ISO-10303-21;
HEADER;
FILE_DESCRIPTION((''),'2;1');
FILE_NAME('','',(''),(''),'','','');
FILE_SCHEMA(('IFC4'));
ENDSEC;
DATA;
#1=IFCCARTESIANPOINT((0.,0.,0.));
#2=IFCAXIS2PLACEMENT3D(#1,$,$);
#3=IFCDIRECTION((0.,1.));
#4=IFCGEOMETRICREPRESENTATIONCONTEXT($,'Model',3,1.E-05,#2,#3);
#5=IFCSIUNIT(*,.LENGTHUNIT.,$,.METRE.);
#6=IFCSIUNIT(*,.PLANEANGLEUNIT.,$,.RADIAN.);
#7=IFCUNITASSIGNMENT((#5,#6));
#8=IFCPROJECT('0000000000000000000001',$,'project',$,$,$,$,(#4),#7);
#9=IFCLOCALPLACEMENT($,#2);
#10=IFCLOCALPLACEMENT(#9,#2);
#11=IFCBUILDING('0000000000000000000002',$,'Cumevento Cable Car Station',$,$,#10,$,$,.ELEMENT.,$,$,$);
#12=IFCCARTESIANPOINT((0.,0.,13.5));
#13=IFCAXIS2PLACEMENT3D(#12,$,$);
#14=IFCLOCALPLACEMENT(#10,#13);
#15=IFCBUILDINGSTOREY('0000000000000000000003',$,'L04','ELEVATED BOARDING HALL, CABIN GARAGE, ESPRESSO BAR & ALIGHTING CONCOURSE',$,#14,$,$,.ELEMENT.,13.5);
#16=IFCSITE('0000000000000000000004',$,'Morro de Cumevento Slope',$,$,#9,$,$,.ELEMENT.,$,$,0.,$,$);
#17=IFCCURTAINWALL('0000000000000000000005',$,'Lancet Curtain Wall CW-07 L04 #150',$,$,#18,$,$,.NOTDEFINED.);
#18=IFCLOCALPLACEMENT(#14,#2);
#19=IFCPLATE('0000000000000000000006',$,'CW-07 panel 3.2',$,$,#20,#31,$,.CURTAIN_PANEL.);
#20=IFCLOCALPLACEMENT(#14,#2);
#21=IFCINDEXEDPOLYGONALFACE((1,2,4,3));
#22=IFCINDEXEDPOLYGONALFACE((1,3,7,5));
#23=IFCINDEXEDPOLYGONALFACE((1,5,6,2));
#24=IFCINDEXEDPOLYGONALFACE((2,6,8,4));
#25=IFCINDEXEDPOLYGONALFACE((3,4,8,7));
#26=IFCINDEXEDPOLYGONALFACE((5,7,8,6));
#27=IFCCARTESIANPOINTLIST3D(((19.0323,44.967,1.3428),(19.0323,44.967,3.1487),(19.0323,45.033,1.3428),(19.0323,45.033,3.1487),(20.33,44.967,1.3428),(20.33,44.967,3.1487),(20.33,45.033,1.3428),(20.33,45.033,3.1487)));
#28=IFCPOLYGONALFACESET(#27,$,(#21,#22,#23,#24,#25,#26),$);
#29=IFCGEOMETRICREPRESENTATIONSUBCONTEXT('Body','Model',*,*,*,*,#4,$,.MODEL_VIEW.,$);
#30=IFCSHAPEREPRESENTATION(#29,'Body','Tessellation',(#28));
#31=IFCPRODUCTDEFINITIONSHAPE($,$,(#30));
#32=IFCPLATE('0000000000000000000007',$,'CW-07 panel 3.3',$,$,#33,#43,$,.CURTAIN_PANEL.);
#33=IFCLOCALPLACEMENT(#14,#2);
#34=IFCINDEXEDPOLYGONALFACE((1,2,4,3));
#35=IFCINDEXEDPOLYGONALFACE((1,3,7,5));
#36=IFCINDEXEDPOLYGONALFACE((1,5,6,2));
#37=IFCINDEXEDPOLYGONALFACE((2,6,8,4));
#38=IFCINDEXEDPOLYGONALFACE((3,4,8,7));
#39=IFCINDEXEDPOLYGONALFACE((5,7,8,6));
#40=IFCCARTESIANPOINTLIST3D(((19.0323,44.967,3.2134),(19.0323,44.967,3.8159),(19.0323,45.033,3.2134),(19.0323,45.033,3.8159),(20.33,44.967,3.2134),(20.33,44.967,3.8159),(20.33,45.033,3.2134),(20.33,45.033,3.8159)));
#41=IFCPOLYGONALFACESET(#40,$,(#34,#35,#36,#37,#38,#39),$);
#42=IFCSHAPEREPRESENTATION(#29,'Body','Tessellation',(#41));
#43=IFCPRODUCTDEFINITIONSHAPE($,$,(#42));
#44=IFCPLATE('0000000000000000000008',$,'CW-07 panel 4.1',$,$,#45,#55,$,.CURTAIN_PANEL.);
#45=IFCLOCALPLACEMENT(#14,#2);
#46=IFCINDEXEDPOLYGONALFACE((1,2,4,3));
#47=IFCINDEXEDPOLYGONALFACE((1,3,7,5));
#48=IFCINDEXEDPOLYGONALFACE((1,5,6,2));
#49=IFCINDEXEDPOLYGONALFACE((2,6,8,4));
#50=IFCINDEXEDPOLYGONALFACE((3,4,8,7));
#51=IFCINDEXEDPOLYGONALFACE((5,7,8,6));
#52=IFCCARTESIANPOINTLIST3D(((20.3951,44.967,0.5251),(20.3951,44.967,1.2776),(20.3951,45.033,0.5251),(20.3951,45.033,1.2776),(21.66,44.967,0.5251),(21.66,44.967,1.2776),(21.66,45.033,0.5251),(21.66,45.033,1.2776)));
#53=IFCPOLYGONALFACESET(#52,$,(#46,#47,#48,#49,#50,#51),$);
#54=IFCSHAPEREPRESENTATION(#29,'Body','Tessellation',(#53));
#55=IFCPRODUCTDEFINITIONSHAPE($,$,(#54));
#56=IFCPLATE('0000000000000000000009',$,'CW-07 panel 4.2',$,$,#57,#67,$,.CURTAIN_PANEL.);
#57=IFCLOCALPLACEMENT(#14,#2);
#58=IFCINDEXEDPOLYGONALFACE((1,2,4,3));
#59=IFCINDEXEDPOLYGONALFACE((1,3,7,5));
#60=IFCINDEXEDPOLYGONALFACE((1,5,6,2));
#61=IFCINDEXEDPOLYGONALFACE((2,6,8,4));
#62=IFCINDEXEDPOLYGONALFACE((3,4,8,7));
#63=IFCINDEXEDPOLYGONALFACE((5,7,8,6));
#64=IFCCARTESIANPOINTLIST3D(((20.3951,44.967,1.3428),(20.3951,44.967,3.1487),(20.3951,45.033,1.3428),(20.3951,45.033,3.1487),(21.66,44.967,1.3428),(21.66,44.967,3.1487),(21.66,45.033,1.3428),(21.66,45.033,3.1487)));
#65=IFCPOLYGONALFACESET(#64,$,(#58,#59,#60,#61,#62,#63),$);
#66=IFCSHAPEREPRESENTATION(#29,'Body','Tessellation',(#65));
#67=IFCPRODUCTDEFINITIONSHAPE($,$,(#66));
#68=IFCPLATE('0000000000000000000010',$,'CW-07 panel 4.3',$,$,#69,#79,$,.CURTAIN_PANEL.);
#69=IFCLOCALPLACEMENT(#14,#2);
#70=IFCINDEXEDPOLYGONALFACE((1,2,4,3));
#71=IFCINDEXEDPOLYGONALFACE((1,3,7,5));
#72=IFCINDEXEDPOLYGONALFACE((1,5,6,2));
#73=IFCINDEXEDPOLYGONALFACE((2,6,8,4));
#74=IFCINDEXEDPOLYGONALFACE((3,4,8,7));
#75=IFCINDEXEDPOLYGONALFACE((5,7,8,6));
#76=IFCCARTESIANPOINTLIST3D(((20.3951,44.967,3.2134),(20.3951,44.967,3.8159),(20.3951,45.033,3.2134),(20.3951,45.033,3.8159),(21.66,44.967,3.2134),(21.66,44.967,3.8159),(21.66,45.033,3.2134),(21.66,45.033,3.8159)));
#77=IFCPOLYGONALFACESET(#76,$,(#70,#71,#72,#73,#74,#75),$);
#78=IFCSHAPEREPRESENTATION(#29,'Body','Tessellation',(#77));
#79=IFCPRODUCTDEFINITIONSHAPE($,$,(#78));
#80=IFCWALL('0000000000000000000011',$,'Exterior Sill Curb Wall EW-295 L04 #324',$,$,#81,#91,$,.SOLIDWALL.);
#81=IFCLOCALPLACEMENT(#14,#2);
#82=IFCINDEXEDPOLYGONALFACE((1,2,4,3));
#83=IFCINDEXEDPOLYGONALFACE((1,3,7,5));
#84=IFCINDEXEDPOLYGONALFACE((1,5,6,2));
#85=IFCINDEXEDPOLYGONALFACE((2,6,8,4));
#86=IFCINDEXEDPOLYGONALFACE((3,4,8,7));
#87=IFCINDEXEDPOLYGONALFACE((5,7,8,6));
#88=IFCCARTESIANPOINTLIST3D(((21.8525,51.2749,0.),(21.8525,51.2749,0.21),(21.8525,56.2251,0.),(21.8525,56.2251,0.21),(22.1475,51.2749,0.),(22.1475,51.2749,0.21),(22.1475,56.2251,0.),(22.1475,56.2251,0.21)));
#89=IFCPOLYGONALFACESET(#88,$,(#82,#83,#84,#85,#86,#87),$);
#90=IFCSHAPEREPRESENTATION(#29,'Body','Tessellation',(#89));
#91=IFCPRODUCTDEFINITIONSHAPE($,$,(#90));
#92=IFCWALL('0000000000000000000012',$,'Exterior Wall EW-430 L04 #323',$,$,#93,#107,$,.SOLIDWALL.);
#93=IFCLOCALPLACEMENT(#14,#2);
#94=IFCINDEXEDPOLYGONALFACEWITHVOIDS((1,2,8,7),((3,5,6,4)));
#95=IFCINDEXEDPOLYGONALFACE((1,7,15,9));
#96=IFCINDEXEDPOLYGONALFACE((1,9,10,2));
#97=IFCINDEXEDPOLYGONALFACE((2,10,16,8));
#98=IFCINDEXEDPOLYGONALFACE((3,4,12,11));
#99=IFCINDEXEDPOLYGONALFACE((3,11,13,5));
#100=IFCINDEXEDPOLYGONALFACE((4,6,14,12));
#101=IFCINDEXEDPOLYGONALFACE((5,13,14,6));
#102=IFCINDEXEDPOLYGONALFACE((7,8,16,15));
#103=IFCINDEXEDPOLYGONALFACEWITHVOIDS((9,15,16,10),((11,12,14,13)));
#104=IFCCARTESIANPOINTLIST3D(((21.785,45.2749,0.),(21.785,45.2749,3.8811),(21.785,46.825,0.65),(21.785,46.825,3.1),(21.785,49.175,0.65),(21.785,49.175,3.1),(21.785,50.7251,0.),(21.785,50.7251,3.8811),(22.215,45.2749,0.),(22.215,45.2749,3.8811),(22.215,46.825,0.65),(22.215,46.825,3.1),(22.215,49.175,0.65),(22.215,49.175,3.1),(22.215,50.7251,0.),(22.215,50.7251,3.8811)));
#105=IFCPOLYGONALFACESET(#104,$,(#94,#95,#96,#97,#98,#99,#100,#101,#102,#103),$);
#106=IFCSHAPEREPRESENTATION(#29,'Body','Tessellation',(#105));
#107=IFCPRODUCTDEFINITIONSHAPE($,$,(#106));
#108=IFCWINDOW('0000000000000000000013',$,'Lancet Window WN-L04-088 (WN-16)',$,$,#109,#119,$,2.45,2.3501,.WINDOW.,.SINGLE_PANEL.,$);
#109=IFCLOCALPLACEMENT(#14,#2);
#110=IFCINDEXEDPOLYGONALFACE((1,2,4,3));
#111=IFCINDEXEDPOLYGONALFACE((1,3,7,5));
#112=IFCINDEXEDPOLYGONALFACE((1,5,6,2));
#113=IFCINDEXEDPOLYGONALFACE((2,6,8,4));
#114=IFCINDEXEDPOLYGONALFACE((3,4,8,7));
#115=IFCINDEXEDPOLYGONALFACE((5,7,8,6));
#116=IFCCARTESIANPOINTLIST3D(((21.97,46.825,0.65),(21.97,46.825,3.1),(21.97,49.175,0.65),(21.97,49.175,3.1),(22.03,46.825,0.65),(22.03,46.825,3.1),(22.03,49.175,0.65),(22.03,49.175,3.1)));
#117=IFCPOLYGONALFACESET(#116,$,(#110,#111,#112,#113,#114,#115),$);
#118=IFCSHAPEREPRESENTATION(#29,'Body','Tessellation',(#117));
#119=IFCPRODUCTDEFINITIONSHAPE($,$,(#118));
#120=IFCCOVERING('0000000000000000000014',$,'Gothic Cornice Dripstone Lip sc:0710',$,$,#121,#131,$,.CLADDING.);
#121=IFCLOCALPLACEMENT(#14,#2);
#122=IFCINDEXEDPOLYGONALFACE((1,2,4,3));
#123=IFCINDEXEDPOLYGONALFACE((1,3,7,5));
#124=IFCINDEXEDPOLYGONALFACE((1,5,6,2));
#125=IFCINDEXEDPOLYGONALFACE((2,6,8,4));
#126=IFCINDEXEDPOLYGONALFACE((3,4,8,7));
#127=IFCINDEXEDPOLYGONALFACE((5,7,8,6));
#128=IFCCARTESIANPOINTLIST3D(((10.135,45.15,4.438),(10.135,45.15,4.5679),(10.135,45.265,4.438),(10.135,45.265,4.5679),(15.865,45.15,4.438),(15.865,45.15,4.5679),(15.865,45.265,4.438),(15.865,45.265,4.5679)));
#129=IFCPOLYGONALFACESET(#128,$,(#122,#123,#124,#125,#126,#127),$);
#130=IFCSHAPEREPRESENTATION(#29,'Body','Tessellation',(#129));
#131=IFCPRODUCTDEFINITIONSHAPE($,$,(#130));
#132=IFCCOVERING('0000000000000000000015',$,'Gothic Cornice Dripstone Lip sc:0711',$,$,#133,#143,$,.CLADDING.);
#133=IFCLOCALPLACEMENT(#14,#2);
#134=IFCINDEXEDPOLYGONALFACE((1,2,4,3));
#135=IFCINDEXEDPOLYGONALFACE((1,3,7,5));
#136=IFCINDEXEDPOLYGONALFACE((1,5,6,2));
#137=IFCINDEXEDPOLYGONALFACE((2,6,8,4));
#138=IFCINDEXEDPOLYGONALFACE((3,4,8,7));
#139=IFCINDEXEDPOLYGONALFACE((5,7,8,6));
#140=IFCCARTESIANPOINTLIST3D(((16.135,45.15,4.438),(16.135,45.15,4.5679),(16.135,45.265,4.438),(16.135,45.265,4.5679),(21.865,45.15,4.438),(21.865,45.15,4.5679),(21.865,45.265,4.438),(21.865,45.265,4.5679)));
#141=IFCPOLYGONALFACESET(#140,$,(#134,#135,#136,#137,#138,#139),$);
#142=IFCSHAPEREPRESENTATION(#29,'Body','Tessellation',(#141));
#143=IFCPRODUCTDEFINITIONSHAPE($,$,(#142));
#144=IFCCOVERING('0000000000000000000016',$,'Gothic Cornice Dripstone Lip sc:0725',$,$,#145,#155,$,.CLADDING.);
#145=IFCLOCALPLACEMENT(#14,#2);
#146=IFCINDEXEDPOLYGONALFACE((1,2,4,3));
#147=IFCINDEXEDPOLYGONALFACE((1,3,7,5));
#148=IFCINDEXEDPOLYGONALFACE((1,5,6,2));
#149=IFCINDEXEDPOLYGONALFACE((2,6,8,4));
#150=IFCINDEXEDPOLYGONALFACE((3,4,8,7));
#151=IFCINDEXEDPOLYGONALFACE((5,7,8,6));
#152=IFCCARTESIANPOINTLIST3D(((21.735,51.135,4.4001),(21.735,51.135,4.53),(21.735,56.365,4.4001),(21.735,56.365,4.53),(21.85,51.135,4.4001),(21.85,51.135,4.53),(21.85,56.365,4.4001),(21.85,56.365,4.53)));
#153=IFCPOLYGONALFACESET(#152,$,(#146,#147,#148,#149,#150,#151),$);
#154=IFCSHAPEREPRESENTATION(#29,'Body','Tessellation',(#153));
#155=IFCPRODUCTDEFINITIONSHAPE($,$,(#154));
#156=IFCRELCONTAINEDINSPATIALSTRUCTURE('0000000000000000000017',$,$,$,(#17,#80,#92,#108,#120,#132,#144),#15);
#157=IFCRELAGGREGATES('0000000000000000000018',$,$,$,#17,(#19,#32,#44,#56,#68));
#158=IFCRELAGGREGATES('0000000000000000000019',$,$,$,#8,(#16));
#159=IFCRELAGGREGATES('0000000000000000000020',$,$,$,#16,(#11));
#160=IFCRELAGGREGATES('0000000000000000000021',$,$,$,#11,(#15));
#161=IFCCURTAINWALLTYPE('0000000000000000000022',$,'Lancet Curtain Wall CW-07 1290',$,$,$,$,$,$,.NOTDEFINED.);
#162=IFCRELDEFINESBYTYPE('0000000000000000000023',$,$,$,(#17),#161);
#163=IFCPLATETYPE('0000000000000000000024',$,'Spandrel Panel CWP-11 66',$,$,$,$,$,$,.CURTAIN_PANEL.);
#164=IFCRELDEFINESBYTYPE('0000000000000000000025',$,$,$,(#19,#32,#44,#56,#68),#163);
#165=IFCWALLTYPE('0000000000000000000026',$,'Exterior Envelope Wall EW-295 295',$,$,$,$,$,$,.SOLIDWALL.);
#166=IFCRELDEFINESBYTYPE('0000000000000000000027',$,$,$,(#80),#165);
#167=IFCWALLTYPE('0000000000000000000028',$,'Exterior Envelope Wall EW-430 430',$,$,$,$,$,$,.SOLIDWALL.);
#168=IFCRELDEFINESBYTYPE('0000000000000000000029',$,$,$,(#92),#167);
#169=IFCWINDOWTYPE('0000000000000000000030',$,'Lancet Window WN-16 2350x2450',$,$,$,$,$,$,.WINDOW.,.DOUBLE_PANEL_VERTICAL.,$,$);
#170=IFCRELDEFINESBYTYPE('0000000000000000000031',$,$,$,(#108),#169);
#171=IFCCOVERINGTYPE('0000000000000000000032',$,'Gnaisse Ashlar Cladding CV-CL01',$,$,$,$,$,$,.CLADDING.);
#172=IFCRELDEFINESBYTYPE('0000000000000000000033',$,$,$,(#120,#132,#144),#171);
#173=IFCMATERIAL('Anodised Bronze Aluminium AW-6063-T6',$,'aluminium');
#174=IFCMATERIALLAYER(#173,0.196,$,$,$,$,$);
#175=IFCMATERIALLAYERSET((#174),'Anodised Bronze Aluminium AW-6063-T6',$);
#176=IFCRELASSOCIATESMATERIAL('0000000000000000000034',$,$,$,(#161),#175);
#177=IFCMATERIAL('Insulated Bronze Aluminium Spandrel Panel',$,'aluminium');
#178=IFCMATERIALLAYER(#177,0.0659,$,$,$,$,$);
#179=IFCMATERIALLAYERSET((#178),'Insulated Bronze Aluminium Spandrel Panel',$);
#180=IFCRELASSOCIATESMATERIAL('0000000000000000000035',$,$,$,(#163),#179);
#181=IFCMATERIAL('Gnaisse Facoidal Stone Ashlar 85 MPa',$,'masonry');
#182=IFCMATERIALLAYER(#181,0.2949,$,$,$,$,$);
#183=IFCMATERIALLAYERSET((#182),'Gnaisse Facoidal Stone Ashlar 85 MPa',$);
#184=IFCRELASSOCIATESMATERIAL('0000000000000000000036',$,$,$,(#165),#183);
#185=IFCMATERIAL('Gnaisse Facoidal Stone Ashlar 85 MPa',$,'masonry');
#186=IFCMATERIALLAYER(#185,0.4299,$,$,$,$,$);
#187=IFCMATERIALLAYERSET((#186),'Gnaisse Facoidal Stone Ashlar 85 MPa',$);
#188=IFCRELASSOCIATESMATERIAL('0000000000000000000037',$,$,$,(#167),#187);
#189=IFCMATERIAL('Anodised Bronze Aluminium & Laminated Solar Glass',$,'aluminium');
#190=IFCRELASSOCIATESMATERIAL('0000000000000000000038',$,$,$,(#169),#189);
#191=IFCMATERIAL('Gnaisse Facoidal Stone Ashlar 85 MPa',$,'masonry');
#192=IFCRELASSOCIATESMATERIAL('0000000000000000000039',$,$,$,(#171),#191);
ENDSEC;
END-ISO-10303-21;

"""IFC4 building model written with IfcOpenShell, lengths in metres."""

from ifc_helpers import new_model, si_unit, direction, frame, frame_2d, origin, origin_2d, place, context, subcontext, project, spatial, rectangle, extrude, material, layer, layer_set, type_object, element, fill, aggregate, save


model = new_model("IFC4")

# Units and contexts
model_context = context("Model", 3, precision=1e-05, world=origin(), true_north=direction((0.0, 1.0)))
body_context = subcontext(model_context, "Body", "Model", "MODEL_VIEW")
ifc_project = project(units=[si_unit("LENGTHUNIT", "METRE"), si_unit("PLANEANGLEUNIT", "RADIAN")], contexts=[model_context])

# Site, building, storey
site_placement = place(None, origin())
site = spatial("IfcSite", under=ifc_project, at=site_placement, Name="Morro de Cumevento Slope", CompositionType="ELEMENT", RefElevation=0.0)
building_placement = place(site_placement, origin())
building = spatial("IfcBuilding", under=site, at=building_placement, Name="Cumevento Cable Car Station", CompositionType="ELEMENT")
storey_placement = place(building_placement, frame((0.0, 0.0, 13.5)))
storey = spatial("IfcBuildingStorey", under=building, at=storey_placement, Name="L04", Description="ELEVATED BOARDING HALL, CABIN GARAGE, ESPRESSO BAR & ALIGHTING CONCOURSE", CompositionType="ELEMENT", Elevation=13.5)

# Curtain wall
ifc_material_1 = material(Name="Anodised Bronze Aluminium AW-6063-T6", Category="aluminium")
ifc_layer_1 = layer(ifc_material_1, 0.196)
ifc_layer_set_1 = layer_set([ifc_layer_1], Name="Anodised Bronze Aluminium AW-6063-T6")
curtain_wall_type = type_object("IfcCurtainWallType", Name="Lancet Curtain Wall CW-07 1290", PredefinedType="NOTDEFINED", material=ifc_layer_set_1)
curtain_wall_placement = place(storey_placement, origin())
curtain_wall = element("IfcCurtainWall", 1, at=curtain_wall_placement, inside=storey, type_object=curtain_wall_type, Name="Lancet Curtain Wall CW-07 L04 #150", PredefinedType="NOTDEFINED")

# Plates
ifc_material_2 = material(Name="Insulated Bronze Aluminium Spandrel Panel", Category="aluminium")
ifc_layer_2 = layer(ifc_material_2, 0.0659)
ifc_layer_set_2 = layer_set([ifc_layer_2], Name="Insulated Bronze Aluminium Spandrel Panel")
plate_type = type_object("IfcPlateType", Name="Spandrel Panel CWP-11 66", PredefinedType="CURTAIN_PANEL", material=ifc_layer_set_2)
plate_1_placement = place(storey_placement, frame((19.6812, 45.0, 1.3428), z_axis=(0.0, 0.0, 1.0), x_axis=(1.0, 0.0, 0.0)))
plate_1 = element("IfcPlate", 2, at=plate_1_placement, type_object=plate_type, Name="CW-07 panel 3.2", PredefinedType="CURTAIN_PANEL", context=body_context, shape_type="SweptSolid", body=[
    extrude(rectangle(XDim=1.2976, YDim=0.0659, at=origin_2d()), origin(), (0.0, 0.0, 1.0), 1.8059),
])
plate_2_placement = place(storey_placement, frame((19.6812, 45.0, 3.2134), z_axis=(0.0, 0.0, 1.0), x_axis=(1.0, 0.0, 0.0)))
plate_2 = element("IfcPlate", 3, at=plate_2_placement, type_object=plate_type, Name="CW-07 panel 3.3", PredefinedType="CURTAIN_PANEL", context=body_context, shape_type="SweptSolid", body=[
    extrude(rectangle(XDim=1.2976, YDim=0.0659, at=origin_2d()), origin(), (0.0, 0.0, 1.0), 0.6025),
])
plate_3_placement = place(storey_placement, frame((21.0276, 45.0, 0.5251), z_axis=(0.0, 0.0, 1.0), x_axis=(1.0, 0.0, 0.0)))
plate_3 = element("IfcPlate", 4, at=plate_3_placement, type_object=plate_type, Name="CW-07 panel 4.1", PredefinedType="CURTAIN_PANEL", context=body_context, shape_type="SweptSolid", body=[
    extrude(rectangle(XDim=1.2649, YDim=0.0659, at=origin_2d()), origin(), (0.0, 0.0, 1.0), 0.7524),
])
plate_4_placement = place(storey_placement, frame((21.0276, 45.0, 1.3428), z_axis=(0.0, 0.0, 1.0), x_axis=(1.0, 0.0, 0.0)))
plate_4 = element("IfcPlate", 5, at=plate_4_placement, type_object=plate_type, Name="CW-07 panel 4.2", PredefinedType="CURTAIN_PANEL", context=body_context, shape_type="SweptSolid", body=[
    extrude(rectangle(XDim=1.2649, YDim=0.0659, at=origin_2d()), origin(), (0.0, 0.0, 1.0), 1.8059),
])
plate_5_placement = place(storey_placement, frame((21.0276, 45.0, 3.2134), z_axis=(0.0, 0.0, 1.0), x_axis=(1.0, 0.0, 0.0)))
plate_5 = element("IfcPlate", 6, at=plate_5_placement, type_object=plate_type, Name="CW-07 panel 4.3", PredefinedType="CURTAIN_PANEL", context=body_context, shape_type="SweptSolid", body=[
    extrude(rectangle(XDim=1.2649, YDim=0.0659, at=origin_2d()), origin(), (0.0, 0.0, 1.0), 0.6025),
])
aggregate(curtain_wall, [plate_1, plate_2, plate_3, plate_4, plate_5])

# Wall
ifc_material_3 = material(Name="Gnaisse Facoidal Stone Ashlar 85 MPa", Category="masonry")
ifc_layer_3 = layer(ifc_material_3, 0.2949)
ifc_layer_set_3 = layer_set([ifc_layer_3], Name="Gnaisse Facoidal Stone Ashlar 85 MPa")
wall_type_1 = type_object("IfcWallType", Name="Exterior Envelope Wall EW-295 295", PredefinedType="SOLIDWALL", material=ifc_layer_set_3)
wall_1_placement = place(storey_placement, frame((22.0, 51.2749, 0.0), z_axis=(0.0, 0.0, 1.0), x_axis=(0.0, 1.0, 0.0)))
element("IfcWall", 7, at=wall_1_placement, inside=storey, type_object=wall_type_1, Name="Exterior Sill Curb Wall EW-295 L04 #324", PredefinedType="SOLIDWALL", context=body_context, shape_type="SweptSolid", body=[
    extrude(rectangle(XDim=4.9502, YDim=0.2949, at=frame_2d((2.4751, 0.0))), origin(), (0.0, 0.0, 1.0), 0.21),
])

# Wall, opening, window
ifc_material_4 = material(Name="Gnaisse Facoidal Stone Ashlar 85 MPa", Category="masonry")
ifc_layer_4 = layer(ifc_material_4, 0.4299)
ifc_layer_set_4 = layer_set([ifc_layer_4], Name="Gnaisse Facoidal Stone Ashlar 85 MPa")
wall_type_2 = type_object("IfcWallType", Name="Exterior Envelope Wall EW-430 430", PredefinedType="SOLIDWALL", material=ifc_layer_set_4)
wall_2_placement = place(storey_placement, frame((22.0, 45.2749, 0.0), z_axis=(0.0, 0.0, 1.0), x_axis=(0.0, 1.0, 0.0)))
wall_2 = element("IfcWall", 8, at=wall_2_placement, inside=storey, type_object=wall_type_2, Name="Exterior Wall EW-430 L04 #323", PredefinedType="SOLIDWALL", context=body_context, shape_type="SweptSolid", body=[
    extrude(rectangle(XDim=5.4502, YDim=0.4299, at=frame_2d((2.7251, 0.0))), origin(), (0.0, 0.0, 1.0), 3.8811),
])
opening_placement = place(wall_2_placement, frame((1.55, 0.0, 0.6499)))
opening = element("IfcOpeningElement", 9, at=opening_placement, cuts=wall_2, PredefinedType="OPENING", context=body_context, shape_type="SweptSolid", body=[
    extrude(rectangle(XDim=2.3501, YDim=2.45, at=frame_2d((1.175, 1.2251))), frame((0.0, 0.2249, 0.0), z_axis=(0.0, -1.0, 0.0), x_axis=(1.0, 0.0, 0.0)), (0.0, 0.0, 1.0), 0.45),
])
ifc_material_5 = material(Name="Anodised Bronze Aluminium & Laminated Solar Glass", Category="aluminium")
window_type = type_object("IfcWindowType", Name="Lancet Window WN-16 2350x2450", PartitioningType="DOUBLE_PANEL_VERTICAL", PredefinedType="WINDOW", material=ifc_material_5)
window_placement = place(opening_placement, origin())
window = element("IfcWindow", 10, at=window_placement, inside=storey, type_object=window_type, Name="Lancet Window WN-L04-088 (WN-16)", OverallHeight=2.45, OverallWidth=2.3501, PartitioningType="SINGLE_PANEL", PredefinedType="WINDOW", context=body_context, shape_type="SweptSolid", body=[
    extrude(rectangle(XDim=2.3501, YDim=2.45, at=frame_2d((1.175, 1.2251))), frame((0.0, 0.03, 0.0), z_axis=(0.0, -1.0, 0.0), x_axis=(1.0, 0.0, 0.0)), (0.0, 0.0, 1.0), 0.0601),
])
fill(opening, window)

# Coverings
ifc_material_6 = material(Name="Gnaisse Facoidal Stone Ashlar 85 MPa", Category="masonry")
covering_type = type_object("IfcCoveringType", Name="Gnaisse Ashlar Cladding CV-CL01", PredefinedType="CLADDING", material=ifc_material_6)
for number, where, z_axis, x_axis, name in (
    (11, (13.0, 45.2075, 4.438), (0.0, 0.0, 1.0), (1.0, 0.0, 0.0), "Gothic Cornice Dripstone Lip sc:0710"),
    (12, (19.0, 45.2075, 4.438), (0.0, 0.0, 1.0), (1.0, 0.0, 0.0), "Gothic Cornice Dripstone Lip sc:0711"),
):
    element("IfcCovering", number, at=place(storey_placement, frame(where, z_axis=z_axis, x_axis=x_axis)), inside=storey, type_object=covering_type, Name=name, PredefinedType="CLADDING", context=body_context, shape_type="SweptSolid", body=[
        extrude(rectangle(XDim=5.73, YDim=0.115, at=origin_2d()), origin(), (0.0, 0.0, 1.0), 0.1299),
    ])
covering_1_placement = place(storey_placement, frame((21.7925, 53.75, 4.4001), z_axis=(0.0, 0.0, 1.0), x_axis=(0.0, 1.0, 0.0)))
element("IfcCovering", 13, at=covering_1_placement, inside=storey, type_object=covering_type, Name="Gothic Cornice Dripstone Lip sc:0725", PredefinedType="CLADDING", context=body_context, shape_type="SweptSolid", body=[
    extrude(rectangle(XDim=5.23, YDim=0.115, at=origin_2d()), origin(), (0.0, 0.0, 1.0), 0.1299),
])

save(model, "model.ifc")
